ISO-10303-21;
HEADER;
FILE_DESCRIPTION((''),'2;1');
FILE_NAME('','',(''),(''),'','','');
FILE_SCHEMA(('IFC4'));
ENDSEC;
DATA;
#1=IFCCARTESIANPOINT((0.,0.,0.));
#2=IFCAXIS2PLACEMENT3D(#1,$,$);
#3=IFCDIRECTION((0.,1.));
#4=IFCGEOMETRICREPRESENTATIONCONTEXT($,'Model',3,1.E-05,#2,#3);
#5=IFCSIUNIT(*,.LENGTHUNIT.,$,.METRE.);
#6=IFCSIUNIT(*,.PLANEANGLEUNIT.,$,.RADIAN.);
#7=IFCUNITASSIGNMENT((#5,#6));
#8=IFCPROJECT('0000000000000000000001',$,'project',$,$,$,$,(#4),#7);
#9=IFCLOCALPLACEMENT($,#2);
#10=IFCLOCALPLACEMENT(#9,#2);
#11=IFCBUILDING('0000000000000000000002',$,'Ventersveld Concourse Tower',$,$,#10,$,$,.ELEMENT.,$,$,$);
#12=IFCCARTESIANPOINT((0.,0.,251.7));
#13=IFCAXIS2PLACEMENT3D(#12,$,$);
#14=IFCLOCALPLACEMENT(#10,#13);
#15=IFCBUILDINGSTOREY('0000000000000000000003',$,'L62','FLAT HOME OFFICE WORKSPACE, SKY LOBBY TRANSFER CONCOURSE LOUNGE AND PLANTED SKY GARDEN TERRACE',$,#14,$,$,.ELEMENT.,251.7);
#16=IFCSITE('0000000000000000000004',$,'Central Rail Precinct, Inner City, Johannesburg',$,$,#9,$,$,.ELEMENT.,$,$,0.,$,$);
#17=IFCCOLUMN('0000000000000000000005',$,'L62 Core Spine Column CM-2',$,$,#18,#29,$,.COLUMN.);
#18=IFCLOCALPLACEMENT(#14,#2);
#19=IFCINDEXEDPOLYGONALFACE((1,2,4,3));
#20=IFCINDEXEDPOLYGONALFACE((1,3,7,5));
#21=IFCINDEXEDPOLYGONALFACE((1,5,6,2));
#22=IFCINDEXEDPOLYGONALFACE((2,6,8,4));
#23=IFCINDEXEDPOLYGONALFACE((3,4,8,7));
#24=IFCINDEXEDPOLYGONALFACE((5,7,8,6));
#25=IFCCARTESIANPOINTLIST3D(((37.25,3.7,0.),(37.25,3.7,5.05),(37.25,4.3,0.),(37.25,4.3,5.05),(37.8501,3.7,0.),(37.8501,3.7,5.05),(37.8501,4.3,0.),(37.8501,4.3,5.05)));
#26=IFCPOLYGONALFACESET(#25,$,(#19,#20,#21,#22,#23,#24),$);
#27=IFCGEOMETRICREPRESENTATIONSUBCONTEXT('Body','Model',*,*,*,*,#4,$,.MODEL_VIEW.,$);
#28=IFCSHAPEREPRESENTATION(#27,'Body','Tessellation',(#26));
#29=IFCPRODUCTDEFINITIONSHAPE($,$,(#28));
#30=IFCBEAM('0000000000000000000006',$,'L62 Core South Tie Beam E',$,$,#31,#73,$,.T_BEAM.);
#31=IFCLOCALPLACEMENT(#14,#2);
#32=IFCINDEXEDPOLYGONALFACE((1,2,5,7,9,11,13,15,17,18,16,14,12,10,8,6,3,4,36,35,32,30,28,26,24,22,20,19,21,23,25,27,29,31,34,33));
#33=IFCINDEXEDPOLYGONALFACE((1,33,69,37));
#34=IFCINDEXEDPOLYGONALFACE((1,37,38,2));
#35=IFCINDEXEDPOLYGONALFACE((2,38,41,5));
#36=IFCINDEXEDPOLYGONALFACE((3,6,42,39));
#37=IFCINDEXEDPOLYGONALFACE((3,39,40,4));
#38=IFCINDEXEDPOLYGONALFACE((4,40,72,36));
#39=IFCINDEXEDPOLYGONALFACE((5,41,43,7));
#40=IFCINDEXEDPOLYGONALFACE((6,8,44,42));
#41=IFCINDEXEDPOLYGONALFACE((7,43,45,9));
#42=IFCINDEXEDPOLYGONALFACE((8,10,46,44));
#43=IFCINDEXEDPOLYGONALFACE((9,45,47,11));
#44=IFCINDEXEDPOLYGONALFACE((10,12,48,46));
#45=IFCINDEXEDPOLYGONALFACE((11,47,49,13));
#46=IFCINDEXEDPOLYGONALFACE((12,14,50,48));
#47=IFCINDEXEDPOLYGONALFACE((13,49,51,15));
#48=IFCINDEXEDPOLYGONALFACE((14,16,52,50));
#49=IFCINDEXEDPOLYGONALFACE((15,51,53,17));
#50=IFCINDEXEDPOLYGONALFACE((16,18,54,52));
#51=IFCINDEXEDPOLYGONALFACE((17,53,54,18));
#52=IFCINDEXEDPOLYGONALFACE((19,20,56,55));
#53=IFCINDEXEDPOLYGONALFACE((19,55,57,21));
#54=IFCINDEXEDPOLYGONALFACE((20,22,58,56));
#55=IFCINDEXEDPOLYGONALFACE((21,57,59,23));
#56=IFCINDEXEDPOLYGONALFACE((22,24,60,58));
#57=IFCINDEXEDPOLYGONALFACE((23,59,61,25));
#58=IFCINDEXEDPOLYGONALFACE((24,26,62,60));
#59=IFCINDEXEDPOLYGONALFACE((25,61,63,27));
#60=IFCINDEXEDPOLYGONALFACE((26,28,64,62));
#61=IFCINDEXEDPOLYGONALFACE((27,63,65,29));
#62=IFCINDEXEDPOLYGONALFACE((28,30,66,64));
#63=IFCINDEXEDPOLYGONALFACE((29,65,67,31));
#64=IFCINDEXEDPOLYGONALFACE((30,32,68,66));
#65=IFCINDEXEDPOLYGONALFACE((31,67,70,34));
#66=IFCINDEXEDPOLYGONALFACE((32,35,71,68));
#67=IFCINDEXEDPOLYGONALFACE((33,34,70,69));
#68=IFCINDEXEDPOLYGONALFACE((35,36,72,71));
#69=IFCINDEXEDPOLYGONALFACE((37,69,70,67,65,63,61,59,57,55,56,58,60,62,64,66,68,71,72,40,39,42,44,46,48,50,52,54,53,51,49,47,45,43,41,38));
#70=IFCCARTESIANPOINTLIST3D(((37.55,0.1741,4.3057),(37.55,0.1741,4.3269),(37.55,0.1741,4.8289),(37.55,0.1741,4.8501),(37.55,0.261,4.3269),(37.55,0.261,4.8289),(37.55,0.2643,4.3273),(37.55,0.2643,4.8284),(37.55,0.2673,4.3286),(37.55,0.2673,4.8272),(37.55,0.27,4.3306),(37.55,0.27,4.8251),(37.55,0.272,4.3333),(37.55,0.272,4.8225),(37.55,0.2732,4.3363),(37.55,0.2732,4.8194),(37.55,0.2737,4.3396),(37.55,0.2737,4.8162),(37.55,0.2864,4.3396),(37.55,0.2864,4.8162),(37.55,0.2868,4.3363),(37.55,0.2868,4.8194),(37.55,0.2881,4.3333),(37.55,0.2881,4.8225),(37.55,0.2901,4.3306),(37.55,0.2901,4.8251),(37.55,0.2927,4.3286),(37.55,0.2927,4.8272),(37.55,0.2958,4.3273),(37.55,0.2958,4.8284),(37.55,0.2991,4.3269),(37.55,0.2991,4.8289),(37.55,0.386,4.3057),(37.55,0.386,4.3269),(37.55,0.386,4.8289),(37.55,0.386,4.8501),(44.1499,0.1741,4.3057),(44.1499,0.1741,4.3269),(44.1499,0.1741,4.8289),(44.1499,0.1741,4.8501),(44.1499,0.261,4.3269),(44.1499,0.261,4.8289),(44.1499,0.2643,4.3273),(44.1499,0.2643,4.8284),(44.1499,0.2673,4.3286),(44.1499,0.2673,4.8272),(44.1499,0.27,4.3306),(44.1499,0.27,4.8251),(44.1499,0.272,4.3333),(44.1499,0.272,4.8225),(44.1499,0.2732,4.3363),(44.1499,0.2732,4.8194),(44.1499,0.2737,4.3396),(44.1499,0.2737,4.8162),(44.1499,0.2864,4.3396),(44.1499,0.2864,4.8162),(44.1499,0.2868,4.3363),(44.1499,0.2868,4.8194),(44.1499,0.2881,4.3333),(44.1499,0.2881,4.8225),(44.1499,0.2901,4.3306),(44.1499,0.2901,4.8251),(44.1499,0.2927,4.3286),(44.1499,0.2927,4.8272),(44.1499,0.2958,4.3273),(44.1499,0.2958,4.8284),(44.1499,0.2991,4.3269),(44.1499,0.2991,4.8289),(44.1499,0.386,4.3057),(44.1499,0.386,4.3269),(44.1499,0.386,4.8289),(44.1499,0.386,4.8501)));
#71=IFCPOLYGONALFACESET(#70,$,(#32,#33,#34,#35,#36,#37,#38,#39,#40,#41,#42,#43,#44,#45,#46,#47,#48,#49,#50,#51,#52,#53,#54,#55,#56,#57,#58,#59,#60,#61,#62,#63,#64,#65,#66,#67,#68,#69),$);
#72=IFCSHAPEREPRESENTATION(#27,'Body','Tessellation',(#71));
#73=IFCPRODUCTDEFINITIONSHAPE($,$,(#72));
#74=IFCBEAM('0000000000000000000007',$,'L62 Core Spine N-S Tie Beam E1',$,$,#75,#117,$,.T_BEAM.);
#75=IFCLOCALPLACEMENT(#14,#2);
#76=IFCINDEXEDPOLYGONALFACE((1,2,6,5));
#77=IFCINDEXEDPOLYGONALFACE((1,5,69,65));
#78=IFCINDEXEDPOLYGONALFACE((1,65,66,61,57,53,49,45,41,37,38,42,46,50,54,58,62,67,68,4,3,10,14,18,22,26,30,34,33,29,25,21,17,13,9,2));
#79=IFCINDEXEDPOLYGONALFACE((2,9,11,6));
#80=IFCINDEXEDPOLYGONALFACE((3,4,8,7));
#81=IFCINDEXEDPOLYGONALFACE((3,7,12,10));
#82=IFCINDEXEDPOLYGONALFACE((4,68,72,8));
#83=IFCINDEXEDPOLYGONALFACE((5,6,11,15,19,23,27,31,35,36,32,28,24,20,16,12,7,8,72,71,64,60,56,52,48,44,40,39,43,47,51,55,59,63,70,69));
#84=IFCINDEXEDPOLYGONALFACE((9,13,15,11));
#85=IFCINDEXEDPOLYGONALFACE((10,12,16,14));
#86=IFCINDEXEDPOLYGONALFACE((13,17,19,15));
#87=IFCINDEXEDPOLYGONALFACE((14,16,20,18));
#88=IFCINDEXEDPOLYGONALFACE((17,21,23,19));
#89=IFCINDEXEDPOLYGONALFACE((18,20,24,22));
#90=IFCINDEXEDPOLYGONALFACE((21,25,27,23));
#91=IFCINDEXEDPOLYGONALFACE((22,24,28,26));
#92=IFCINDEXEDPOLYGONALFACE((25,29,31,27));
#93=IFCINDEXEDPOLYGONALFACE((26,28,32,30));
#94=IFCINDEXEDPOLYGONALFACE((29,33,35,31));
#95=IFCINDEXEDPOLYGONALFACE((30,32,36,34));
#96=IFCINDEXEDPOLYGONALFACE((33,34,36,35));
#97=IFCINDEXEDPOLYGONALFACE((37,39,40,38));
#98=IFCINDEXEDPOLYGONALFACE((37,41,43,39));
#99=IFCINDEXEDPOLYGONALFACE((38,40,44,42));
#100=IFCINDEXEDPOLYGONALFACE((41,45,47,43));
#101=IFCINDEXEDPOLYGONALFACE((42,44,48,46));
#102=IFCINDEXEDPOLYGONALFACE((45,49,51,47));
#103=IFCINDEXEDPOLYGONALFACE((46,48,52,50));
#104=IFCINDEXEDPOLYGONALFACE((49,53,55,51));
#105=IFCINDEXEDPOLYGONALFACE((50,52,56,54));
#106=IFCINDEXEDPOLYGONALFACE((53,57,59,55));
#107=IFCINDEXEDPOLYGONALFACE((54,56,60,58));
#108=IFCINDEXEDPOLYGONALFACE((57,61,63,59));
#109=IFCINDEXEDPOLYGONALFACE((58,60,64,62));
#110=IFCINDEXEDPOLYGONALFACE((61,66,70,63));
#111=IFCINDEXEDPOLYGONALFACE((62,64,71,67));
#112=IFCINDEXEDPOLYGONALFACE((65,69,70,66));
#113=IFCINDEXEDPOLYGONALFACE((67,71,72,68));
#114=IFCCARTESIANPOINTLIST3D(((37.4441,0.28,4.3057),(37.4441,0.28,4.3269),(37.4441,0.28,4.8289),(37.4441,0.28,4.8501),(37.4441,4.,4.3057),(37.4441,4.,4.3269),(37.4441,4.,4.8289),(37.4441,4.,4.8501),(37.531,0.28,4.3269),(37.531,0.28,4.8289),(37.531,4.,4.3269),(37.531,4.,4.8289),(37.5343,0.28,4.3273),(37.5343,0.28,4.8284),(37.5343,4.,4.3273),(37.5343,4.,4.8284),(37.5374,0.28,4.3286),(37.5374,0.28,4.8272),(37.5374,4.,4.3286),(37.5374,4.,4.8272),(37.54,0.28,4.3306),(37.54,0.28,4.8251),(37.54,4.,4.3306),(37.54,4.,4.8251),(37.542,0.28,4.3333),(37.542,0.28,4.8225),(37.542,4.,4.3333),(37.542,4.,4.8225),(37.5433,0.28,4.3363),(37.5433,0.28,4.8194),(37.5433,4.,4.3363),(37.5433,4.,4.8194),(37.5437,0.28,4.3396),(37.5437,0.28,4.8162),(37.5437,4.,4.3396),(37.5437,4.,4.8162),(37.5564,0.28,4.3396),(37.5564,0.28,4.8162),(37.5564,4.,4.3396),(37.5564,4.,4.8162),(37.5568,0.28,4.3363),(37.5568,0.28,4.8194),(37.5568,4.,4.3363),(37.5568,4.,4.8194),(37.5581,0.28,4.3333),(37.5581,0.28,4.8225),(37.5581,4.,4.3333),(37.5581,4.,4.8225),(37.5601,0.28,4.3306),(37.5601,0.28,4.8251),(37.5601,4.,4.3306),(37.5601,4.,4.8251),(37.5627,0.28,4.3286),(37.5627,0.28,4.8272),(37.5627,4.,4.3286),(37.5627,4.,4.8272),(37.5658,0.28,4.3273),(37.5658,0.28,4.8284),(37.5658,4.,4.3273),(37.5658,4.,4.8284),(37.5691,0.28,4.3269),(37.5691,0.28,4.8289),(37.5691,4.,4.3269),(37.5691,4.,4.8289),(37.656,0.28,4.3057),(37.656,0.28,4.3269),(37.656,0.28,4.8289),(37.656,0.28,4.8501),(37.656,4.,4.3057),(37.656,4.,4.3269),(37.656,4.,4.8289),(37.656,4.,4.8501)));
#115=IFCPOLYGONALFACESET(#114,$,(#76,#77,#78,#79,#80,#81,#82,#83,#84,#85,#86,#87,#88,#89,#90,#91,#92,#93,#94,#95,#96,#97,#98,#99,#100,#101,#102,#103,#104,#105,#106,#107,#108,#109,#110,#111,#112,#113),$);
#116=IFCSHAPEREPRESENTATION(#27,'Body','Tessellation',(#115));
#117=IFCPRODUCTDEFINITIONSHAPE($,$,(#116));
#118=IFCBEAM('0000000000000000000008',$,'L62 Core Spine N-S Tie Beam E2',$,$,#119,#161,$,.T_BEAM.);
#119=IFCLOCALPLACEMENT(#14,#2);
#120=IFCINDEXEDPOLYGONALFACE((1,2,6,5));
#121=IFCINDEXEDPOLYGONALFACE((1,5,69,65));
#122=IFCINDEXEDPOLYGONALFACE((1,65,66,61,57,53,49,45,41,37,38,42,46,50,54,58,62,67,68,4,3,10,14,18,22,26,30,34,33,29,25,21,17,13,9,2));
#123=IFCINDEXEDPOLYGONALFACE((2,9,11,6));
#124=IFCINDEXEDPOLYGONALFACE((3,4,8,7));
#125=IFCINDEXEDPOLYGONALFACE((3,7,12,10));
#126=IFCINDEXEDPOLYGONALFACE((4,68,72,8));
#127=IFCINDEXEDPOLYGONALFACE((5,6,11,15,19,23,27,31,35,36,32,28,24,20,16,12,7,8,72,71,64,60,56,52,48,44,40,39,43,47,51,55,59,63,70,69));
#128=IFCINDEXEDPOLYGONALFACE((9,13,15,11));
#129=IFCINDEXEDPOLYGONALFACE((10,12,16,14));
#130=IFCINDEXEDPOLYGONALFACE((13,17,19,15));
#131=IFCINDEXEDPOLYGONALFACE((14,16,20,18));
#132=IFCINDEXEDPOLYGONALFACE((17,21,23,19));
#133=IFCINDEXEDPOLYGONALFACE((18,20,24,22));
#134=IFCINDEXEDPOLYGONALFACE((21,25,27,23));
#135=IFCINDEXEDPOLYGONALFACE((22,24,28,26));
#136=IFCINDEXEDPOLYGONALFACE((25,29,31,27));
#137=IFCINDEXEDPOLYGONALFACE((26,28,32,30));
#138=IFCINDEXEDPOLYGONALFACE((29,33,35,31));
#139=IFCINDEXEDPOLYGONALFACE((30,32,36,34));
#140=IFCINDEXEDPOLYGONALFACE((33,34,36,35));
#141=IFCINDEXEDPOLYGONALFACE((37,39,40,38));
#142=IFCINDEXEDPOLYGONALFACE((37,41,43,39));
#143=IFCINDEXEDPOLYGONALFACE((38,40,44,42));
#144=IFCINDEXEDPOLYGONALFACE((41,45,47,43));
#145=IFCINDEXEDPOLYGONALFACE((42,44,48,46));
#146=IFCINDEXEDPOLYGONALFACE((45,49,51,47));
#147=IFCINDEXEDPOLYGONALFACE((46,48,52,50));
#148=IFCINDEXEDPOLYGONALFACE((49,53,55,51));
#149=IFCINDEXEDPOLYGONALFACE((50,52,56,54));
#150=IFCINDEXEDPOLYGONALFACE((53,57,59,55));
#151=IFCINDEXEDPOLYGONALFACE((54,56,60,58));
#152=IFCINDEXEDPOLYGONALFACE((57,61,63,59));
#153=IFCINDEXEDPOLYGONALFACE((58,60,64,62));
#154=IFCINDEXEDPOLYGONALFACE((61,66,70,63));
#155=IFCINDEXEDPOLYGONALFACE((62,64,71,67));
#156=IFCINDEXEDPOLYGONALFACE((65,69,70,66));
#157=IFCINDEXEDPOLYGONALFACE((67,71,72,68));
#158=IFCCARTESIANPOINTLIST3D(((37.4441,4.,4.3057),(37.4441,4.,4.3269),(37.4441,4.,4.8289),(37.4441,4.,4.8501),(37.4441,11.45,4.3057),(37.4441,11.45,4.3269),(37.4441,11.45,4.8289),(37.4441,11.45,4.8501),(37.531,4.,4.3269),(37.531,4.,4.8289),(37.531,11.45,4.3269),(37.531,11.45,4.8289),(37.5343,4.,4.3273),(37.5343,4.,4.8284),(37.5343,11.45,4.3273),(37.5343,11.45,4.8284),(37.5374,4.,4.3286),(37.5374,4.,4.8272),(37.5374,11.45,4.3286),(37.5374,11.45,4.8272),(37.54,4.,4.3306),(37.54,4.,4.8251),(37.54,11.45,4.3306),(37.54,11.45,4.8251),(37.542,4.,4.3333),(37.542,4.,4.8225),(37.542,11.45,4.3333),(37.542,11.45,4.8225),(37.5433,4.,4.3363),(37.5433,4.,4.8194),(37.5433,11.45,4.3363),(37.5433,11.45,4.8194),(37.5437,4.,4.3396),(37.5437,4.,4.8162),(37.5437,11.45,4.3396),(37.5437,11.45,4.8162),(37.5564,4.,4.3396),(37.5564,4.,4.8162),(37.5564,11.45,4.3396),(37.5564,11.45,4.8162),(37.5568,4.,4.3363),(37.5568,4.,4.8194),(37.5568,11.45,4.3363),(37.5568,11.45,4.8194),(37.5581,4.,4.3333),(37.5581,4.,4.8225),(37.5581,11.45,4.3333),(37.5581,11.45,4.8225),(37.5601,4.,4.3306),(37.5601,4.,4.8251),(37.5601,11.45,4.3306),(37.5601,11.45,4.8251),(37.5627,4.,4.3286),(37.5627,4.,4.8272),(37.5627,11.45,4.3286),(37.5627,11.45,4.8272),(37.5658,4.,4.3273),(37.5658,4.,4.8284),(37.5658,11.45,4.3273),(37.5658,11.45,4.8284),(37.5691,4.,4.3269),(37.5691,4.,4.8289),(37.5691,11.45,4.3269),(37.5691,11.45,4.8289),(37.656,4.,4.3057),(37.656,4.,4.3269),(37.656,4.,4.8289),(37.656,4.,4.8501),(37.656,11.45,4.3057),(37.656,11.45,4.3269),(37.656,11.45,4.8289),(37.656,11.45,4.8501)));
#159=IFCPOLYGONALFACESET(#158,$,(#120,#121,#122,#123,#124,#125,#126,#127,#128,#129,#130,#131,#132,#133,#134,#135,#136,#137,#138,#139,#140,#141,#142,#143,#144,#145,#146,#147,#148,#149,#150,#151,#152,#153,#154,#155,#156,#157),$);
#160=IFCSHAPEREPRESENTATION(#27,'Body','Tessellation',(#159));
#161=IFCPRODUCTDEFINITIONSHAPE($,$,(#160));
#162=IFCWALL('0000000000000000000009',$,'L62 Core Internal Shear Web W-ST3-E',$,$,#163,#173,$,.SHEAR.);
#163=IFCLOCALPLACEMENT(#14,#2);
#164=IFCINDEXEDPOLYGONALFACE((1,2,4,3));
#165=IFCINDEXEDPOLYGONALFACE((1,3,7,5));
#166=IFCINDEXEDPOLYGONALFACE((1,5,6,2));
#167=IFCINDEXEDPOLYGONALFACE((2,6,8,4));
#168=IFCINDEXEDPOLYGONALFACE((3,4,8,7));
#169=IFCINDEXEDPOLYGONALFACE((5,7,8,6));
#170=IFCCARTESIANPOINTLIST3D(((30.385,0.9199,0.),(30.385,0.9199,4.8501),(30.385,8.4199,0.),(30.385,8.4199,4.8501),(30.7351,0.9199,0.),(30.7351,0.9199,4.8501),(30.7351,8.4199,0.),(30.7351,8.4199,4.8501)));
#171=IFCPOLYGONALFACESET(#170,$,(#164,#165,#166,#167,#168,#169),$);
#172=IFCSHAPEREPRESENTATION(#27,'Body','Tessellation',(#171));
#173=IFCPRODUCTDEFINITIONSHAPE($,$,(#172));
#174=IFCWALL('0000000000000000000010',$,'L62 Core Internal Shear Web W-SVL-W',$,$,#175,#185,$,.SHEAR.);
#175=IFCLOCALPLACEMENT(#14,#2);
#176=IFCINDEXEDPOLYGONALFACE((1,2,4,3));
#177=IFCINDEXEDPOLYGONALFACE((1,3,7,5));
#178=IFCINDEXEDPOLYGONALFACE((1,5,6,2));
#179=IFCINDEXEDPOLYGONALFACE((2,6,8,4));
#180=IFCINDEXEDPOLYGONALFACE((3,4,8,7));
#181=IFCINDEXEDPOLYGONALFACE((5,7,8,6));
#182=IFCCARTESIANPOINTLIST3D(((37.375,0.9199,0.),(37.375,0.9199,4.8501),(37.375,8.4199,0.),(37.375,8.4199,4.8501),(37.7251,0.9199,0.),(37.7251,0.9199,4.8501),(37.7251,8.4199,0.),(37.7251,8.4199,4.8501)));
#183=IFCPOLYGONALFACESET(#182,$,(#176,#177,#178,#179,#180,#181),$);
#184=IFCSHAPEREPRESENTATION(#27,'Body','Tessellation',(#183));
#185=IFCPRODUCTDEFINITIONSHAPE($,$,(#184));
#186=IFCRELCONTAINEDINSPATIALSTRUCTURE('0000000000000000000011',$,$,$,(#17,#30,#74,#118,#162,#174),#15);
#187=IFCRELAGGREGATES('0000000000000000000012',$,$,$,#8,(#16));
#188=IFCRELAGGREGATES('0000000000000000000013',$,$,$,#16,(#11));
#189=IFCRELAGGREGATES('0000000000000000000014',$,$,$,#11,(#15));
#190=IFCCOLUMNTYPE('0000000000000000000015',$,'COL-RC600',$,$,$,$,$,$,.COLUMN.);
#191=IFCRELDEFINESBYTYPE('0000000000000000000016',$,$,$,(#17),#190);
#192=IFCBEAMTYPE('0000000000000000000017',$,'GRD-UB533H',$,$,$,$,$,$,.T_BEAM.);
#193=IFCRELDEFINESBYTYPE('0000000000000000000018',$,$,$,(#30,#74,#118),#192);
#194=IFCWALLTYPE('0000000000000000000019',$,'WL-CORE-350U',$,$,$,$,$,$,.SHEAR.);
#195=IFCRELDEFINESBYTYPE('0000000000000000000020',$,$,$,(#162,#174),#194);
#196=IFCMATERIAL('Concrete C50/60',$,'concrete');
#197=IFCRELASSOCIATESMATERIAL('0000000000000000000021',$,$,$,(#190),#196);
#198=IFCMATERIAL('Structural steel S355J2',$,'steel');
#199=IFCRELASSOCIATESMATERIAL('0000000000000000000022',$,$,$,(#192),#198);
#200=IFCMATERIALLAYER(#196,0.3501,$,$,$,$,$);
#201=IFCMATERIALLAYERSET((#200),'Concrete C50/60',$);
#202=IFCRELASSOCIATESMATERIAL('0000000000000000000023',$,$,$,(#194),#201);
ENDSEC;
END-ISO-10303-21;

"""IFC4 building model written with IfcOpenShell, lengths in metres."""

from ifc_helpers import new_model, si_unit, direction, frame, frame_2d, origin, origin_2d, place, context, subcontext, project, spatial, rectangle, i_section, extrude, material, layer, layer_set, material_profile, profile_set, type_object, element, save


model = new_model("IFC4")

# Units and contexts
model_context = context("Model", 3, precision=1e-05, world=origin(), true_north=direction((0.0, 1.0)))
body_context = subcontext(model_context, "Body", "Model", "MODEL_VIEW")
ifc_project = project(units=[si_unit("LENGTHUNIT", "METRE"), si_unit("PLANEANGLEUNIT", "RADIAN")], contexts=[model_context])

# Site, building, storey
site_placement = place(None, origin())
site = spatial("IfcSite", under=ifc_project, at=site_placement, Name="Central Rail Precinct, Inner City, Johannesburg", CompositionType="ELEMENT", RefElevation=0.0)
building_placement = place(site_placement, origin())
building = spatial("IfcBuilding", under=site, at=building_placement, Name="Ventersveld Concourse Tower", CompositionType="ELEMENT")
storey_placement = place(building_placement, frame((0.0, 0.0, 251.7)))
storey = spatial("IfcBuildingStorey", under=building, at=storey_placement, Name="L62", Description="FLAT HOME OFFICE WORKSPACE, SKY LOBBY TRANSFER CONCOURSE LOUNGE AND PLANTED SKY GARDEN TERRACE", CompositionType="ELEMENT", Elevation=251.7)

# Column
ifc_material_1 = material(Name="Concrete C50/60", Category="concrete")
ifc_material_profile_1 = material_profile(ifc_material_1, rectangle(XDim=0.6001, YDim=0.6001, at=origin_2d()), Name="RC 600x600")
ifc_profile_set_1 = profile_set([ifc_material_profile_1], Name="Concrete C50/60")
column_type = type_object("IfcColumnType", Name="COL-RC600", PredefinedType="COLUMN", material=ifc_profile_set_1)
column_placement = place(storey_placement, frame((37.55, 4.0, 0.0), z_axis=(0.0, 0.0, 1.0), x_axis=(1.0, 0.0, 0.0)))
element("IfcColumn", 1, at=column_placement, inside=storey, type_object=column_type, Name="L62 Core Spine Column CM-2", PredefinedType="COLUMN", context=body_context, shape_type="SweptSolid", body=[
    extrude(rectangle(XDim=0.6001, YDim=0.6001, at=origin_2d()), origin(), (0.0, 0.0, 1.0), 5.05),
])

# Beams
ifc_material_2 = material(Name="Structural steel S355J2", Category="steel")
ifc_material_profile_2 = material_profile(ifc_material_2, i_section(OverallWidth=0.2119, OverallDepth=0.5444, WebThickness=0.0127, FlangeThickness=0.0212, FilletRadius=0.0127, at=origin_2d()), Name="UB 533x210x122")
ifc_profile_set_2 = profile_set([ifc_material_profile_2], Name="Structural steel S355J2")
beam_type = type_object("IfcBeamType", Name="GRD-UB533H", PredefinedType="T_BEAM", material=ifc_profile_set_2)
beam_1_placement = place(storey_placement, frame((37.55, 0.28, 4.5779), z_axis=(1.0, 0.0, 0.0), x_axis=(0.0, 1.0, 0.0)))
element("IfcBeam", 2, at=beam_1_placement, inside=storey, type_object=beam_type, Name="L62 Core South Tie Beam E", PredefinedType="T_BEAM", context=body_context, shape_type="SweptSolid", body=[
    extrude(i_section(OverallWidth=0.2119, OverallDepth=0.5444, WebThickness=0.0127, FlangeThickness=0.0212, FilletRadius=0.0127, at=origin_2d()), origin(), (0.0, 0.0, 1.0), 6.5999),
])
beam_2_placement = place(storey_placement, frame((37.55, 0.28, 4.5779), z_axis=(0.0, 1.0, 0.0), x_axis=(-1.0, 0.0, 0.0)))
element("IfcBeam", 3, at=beam_2_placement, inside=storey, type_object=beam_type, Name="L62 Core Spine N-S Tie Beam E1", PredefinedType="T_BEAM", context=body_context, shape_type="SweptSolid", body=[
    extrude(i_section(OverallWidth=0.2119, OverallDepth=0.5444, WebThickness=0.0127, FlangeThickness=0.0212, FilletRadius=0.0127, at=origin_2d()), origin(), (0.0, 0.0, 1.0), 3.72),
])
beam_3_placement = place(storey_placement, frame((37.55, 4.0, 4.5779), z_axis=(0.0, 1.0, 0.0), x_axis=(-1.0, 0.0, 0.0)))
element("IfcBeam", 4, at=beam_3_placement, inside=storey, type_object=beam_type, Name="L62 Core Spine N-S Tie Beam E2", PredefinedType="T_BEAM", context=body_context, shape_type="SweptSolid", body=[
    extrude(i_section(OverallWidth=0.2119, OverallDepth=0.5444, WebThickness=0.0127, FlangeThickness=0.0212, FilletRadius=0.0127, at=origin_2d()), origin(), (0.0, 0.0, 1.0), 7.45),
])

# Walls
ifc_layer_1 = layer(ifc_material_1, 0.3501)
ifc_layer_set_1 = layer_set([ifc_layer_1], Name="Concrete C50/60")
wall_type_1 = type_object("IfcWallType", Name="WL-CORE-350U", PredefinedType="SHEAR", material=ifc_layer_set_1)
for number, where, z_axis, x_axis, name in (
    (5, (30.5601, 0.9199, 0.0), (0.0, 0.0, 1.0), (0.0, 1.0, 0.0), "L62 Core Internal Shear Web W-ST3-E"),
    (6, (37.55, 0.9199, 0.0), (0.0, 0.0, 1.0), (0.0, 1.0, 0.0), "L62 Core Internal Shear Web W-SVL-W"),
):
    element("IfcWall", number, at=place(storey_placement, frame(where, z_axis=z_axis, x_axis=x_axis)), inside=storey, type_object=wall_type_1, Name=name, PredefinedType="SHEAR", context=body_context, shape_type="SweptSolid", body=[
        extrude(rectangle(XDim=7.5, YDim=0.3501, at=frame_2d((3.75, 0.0))), origin(), (0.0, 0.0, 1.0), 4.8501),
    ])

save(model, "model.ifc")
